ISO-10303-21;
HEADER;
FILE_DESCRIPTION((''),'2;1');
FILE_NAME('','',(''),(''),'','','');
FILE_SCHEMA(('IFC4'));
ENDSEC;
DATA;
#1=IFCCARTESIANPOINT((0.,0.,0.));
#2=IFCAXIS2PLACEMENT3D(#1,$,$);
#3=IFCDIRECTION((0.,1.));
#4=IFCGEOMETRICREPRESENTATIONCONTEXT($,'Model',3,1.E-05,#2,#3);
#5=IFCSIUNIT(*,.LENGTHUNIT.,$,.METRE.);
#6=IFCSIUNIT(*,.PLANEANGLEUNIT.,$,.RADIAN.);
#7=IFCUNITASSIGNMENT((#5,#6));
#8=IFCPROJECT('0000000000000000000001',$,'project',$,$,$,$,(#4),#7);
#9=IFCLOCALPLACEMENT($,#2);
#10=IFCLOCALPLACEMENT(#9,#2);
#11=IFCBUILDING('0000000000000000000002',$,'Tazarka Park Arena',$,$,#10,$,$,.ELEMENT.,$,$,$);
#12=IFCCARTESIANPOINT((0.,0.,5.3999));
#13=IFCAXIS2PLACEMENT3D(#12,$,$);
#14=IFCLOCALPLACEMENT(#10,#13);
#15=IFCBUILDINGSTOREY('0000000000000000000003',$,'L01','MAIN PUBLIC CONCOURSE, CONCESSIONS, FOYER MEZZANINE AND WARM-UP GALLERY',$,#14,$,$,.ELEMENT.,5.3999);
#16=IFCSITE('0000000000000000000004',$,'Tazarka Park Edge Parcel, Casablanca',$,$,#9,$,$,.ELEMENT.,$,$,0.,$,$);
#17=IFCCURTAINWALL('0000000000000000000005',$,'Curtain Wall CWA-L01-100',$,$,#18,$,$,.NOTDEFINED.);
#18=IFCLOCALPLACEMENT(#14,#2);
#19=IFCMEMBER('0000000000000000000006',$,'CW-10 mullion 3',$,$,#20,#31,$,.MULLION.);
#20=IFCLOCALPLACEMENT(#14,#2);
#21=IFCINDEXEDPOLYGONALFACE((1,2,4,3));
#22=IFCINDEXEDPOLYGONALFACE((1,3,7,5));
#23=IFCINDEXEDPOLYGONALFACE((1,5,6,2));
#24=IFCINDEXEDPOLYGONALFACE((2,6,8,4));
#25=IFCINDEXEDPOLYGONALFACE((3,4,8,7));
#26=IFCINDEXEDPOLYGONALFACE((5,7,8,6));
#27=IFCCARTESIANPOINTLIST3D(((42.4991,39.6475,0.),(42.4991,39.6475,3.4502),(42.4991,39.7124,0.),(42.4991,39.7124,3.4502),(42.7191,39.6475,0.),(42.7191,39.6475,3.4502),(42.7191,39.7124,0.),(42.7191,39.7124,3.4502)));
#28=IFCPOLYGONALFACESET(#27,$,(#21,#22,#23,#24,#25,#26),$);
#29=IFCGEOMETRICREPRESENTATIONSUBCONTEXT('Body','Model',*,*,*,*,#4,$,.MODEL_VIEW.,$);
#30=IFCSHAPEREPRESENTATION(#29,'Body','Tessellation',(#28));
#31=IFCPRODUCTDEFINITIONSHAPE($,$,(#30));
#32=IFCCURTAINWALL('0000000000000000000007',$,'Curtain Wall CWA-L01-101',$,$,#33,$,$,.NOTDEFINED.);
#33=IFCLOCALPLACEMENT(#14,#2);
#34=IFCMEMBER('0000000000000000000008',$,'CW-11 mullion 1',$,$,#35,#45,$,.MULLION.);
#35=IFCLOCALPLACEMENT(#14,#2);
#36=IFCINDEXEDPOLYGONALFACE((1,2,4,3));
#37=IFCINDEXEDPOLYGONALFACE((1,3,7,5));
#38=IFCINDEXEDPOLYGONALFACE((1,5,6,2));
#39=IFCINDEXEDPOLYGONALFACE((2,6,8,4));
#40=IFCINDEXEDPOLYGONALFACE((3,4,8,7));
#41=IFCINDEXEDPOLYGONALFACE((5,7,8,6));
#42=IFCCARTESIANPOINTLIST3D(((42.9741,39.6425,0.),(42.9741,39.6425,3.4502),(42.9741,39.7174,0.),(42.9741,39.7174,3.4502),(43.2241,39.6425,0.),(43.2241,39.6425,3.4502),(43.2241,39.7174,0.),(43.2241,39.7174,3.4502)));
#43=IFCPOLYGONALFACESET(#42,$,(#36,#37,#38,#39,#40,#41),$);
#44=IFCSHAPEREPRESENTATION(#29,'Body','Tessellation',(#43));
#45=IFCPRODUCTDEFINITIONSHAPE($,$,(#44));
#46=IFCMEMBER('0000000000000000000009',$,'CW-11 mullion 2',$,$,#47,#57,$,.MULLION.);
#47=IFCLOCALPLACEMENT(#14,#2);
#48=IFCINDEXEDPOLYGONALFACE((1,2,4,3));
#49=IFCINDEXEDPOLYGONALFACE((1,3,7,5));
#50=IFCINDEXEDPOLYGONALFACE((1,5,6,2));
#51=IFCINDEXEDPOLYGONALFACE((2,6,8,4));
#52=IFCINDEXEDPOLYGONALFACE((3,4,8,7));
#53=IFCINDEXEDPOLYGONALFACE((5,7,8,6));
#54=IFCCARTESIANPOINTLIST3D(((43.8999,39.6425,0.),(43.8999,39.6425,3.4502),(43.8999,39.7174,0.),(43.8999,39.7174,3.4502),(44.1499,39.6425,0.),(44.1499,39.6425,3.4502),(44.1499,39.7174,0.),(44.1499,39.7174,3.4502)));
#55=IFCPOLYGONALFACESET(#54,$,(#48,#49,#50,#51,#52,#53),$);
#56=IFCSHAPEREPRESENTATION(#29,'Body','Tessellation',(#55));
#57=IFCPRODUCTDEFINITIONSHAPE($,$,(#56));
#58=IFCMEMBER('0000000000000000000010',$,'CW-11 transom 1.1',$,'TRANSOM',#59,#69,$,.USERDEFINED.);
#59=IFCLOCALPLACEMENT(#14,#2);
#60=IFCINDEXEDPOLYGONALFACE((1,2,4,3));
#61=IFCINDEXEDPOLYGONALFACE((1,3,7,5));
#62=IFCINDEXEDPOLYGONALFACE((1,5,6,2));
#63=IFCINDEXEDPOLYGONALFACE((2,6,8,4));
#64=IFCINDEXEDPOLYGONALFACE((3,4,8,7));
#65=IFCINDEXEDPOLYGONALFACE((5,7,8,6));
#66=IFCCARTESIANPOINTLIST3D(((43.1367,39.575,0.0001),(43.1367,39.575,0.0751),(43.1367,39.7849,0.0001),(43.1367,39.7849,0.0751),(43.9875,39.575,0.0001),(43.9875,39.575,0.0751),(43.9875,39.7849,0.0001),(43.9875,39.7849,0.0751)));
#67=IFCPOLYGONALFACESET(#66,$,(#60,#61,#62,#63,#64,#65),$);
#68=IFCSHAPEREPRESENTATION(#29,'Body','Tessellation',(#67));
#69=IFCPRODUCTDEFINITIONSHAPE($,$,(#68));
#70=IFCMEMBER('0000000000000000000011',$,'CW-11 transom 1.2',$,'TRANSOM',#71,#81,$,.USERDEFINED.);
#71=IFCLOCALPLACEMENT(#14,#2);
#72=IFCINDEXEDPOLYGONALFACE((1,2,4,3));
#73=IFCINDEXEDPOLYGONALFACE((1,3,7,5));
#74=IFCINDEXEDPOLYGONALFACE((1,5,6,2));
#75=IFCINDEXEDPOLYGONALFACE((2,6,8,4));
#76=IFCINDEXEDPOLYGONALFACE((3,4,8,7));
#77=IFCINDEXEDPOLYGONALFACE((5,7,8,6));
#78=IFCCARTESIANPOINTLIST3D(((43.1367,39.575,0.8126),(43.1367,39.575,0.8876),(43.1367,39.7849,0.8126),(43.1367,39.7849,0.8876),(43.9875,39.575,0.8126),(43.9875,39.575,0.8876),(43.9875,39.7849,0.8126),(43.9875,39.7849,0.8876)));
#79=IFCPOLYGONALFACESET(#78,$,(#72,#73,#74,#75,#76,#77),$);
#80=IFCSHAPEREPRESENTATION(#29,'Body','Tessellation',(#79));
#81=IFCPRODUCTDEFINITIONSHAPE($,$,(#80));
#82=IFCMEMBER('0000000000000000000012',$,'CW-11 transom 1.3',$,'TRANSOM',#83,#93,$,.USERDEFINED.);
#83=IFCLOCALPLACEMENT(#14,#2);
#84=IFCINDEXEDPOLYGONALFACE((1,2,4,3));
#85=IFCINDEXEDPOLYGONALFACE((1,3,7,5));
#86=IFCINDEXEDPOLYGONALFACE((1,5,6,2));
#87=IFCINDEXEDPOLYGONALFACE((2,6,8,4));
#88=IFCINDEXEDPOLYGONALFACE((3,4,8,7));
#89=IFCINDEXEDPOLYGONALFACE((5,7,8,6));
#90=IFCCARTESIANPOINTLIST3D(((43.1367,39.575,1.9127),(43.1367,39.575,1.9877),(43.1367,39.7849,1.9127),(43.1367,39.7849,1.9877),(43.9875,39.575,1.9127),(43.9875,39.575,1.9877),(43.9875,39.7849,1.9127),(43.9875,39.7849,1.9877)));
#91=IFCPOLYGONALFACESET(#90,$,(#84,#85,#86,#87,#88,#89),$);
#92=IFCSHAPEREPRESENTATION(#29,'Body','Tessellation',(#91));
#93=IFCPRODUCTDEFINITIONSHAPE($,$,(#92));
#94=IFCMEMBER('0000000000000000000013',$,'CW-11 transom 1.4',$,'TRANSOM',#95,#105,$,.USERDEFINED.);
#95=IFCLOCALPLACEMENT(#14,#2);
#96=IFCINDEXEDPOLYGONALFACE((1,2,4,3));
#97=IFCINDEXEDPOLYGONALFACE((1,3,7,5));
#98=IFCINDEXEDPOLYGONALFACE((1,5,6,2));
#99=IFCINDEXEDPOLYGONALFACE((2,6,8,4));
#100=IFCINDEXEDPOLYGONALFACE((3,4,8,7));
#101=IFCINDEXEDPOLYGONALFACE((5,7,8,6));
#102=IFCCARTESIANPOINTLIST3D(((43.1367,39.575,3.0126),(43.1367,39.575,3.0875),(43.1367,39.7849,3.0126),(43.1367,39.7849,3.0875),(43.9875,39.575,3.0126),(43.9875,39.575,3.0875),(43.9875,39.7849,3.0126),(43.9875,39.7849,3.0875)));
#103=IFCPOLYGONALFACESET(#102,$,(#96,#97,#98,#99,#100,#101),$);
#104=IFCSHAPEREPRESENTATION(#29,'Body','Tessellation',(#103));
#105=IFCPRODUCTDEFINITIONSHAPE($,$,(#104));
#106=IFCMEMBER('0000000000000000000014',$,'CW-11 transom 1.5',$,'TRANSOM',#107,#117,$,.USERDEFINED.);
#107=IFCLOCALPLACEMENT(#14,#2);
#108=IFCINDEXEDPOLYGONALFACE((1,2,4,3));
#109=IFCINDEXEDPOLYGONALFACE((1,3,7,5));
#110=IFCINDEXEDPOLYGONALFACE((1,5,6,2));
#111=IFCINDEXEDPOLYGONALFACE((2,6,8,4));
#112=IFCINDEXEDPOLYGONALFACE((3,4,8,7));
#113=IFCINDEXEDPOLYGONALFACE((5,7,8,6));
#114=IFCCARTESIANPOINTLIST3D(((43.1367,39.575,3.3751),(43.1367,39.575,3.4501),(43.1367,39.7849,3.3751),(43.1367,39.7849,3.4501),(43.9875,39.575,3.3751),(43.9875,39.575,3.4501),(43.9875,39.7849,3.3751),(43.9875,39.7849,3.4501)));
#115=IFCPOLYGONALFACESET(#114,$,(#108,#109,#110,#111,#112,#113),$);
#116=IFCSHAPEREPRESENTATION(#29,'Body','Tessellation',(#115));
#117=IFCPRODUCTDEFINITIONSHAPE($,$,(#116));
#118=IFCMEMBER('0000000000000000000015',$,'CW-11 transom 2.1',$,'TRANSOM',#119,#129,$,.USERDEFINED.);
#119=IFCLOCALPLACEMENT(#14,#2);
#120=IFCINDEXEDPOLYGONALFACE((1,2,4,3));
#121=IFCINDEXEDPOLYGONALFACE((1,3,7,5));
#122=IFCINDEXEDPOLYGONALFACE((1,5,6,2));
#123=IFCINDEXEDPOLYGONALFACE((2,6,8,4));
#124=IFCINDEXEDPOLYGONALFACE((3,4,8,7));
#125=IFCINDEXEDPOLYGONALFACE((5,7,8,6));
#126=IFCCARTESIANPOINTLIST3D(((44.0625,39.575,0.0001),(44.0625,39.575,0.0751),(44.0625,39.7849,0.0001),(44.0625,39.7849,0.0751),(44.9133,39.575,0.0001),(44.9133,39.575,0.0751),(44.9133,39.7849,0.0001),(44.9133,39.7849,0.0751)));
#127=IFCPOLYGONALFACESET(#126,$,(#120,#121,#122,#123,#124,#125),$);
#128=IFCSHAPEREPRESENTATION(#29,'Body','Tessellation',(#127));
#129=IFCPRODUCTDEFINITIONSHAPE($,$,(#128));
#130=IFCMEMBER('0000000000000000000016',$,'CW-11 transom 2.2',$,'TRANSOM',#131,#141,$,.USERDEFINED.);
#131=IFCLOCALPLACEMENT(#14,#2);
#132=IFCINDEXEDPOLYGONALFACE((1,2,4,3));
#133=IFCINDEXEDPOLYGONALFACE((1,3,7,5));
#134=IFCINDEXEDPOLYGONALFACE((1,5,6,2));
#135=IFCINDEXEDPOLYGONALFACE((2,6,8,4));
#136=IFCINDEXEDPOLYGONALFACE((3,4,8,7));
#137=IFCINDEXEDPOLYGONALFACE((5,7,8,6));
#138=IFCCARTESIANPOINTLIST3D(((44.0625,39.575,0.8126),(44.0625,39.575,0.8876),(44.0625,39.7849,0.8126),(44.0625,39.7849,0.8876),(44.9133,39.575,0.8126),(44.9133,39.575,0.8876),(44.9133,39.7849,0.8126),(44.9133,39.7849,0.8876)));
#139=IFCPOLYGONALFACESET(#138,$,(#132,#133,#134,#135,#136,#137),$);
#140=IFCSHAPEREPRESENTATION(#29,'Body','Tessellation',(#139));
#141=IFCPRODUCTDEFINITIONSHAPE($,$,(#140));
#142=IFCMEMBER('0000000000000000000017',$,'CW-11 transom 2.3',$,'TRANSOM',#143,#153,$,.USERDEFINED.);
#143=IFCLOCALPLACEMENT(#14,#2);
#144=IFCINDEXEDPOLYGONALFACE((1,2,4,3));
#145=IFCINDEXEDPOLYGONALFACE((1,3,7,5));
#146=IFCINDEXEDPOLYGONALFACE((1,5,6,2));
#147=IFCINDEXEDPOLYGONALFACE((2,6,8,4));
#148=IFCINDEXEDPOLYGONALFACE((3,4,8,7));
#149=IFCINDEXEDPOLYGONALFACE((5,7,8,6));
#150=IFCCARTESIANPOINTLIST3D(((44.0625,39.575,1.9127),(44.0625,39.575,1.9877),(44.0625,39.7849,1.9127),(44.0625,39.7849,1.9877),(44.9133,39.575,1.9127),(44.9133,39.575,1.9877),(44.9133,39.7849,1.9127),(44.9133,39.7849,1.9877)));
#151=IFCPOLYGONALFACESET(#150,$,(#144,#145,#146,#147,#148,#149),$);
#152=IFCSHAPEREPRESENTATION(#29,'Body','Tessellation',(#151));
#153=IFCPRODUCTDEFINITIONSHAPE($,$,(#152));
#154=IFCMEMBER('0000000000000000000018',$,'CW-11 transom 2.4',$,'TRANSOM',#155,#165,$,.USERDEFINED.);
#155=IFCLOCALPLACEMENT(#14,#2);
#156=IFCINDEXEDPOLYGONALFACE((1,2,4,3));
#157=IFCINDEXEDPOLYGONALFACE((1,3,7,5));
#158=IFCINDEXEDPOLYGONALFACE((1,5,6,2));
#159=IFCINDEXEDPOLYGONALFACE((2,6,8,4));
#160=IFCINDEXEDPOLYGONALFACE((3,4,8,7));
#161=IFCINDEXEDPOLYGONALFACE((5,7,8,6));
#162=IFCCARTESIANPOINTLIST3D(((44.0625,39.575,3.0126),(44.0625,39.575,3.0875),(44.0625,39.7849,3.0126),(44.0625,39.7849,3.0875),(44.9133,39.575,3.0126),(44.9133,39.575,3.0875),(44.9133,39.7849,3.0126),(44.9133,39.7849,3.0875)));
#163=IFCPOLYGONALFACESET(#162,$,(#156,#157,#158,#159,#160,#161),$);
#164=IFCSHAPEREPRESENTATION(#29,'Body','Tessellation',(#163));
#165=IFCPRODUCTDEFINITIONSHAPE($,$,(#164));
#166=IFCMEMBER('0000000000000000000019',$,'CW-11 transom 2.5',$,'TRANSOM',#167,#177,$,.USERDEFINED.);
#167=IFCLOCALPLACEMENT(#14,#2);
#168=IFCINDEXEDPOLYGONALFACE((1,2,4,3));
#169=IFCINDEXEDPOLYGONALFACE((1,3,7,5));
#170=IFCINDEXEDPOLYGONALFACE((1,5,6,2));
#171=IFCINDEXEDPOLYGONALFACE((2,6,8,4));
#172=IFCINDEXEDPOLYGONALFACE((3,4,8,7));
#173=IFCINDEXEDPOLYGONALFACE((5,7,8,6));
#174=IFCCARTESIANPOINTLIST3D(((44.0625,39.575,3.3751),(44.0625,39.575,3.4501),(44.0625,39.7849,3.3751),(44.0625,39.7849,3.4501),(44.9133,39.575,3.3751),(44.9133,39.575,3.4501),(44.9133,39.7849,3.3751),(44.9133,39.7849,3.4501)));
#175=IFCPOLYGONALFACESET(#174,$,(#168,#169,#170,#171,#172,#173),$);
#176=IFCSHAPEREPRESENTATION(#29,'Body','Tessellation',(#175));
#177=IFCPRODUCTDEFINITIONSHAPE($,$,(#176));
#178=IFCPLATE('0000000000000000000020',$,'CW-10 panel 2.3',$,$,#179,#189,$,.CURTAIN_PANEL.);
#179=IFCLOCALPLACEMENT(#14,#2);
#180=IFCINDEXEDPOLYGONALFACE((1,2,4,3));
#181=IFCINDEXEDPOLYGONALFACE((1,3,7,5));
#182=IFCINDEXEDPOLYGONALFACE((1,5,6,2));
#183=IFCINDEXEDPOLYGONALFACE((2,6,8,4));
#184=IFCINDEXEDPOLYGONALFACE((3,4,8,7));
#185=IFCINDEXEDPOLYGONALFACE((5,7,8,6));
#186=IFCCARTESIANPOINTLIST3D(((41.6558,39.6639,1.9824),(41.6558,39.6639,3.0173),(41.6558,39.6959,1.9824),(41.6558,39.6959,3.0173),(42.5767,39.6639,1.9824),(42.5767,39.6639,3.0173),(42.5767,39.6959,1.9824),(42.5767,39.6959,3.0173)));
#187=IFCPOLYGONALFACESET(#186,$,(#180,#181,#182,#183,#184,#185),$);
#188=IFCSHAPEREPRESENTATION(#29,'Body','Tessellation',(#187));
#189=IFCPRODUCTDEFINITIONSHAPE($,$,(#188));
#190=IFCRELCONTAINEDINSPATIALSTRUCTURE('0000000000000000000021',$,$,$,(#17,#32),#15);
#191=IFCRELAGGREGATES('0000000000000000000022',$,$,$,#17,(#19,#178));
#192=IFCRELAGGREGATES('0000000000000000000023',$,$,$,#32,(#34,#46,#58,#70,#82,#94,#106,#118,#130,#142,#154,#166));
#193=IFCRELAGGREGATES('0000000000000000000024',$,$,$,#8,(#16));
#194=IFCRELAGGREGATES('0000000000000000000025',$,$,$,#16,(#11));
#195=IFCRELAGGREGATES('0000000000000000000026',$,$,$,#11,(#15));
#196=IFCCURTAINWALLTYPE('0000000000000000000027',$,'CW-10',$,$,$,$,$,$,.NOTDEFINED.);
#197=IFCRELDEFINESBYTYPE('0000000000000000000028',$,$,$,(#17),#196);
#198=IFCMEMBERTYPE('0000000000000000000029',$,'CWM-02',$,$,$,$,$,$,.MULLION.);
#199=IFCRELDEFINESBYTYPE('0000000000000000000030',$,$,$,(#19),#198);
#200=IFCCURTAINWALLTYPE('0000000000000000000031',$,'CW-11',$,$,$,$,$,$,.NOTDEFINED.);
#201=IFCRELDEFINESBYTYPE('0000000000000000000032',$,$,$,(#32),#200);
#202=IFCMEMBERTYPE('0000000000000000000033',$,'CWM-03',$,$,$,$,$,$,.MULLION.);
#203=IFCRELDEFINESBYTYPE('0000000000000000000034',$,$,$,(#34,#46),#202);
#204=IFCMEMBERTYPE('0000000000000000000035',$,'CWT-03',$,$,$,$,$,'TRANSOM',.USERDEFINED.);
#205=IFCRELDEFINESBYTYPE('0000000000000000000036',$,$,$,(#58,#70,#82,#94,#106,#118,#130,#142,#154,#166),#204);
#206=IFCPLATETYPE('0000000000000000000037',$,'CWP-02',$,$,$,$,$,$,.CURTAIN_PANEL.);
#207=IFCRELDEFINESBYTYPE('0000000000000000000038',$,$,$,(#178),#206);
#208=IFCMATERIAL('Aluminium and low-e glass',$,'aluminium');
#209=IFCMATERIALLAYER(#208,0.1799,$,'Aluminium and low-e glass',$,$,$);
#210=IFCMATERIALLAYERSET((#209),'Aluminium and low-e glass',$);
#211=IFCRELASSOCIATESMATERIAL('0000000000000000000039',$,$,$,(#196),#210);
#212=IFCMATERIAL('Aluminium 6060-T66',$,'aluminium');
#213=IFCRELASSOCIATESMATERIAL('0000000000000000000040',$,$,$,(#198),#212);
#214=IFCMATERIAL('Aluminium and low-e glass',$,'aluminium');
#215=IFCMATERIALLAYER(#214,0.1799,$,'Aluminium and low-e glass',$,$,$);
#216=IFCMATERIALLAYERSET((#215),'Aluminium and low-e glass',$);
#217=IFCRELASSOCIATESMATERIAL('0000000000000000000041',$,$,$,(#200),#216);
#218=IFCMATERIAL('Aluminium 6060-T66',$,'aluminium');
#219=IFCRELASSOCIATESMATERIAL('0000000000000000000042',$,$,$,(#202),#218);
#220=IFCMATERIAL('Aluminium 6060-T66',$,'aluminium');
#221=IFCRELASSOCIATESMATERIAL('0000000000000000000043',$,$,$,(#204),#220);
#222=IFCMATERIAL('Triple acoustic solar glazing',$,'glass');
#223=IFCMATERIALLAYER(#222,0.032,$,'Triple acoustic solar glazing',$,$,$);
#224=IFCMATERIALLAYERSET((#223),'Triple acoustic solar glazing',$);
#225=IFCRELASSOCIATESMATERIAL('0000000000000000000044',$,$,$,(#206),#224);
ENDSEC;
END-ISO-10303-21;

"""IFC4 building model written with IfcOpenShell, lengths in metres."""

from ifc_helpers import new_model, si_unit, direction, frame, origin, origin_2d, place, context, subcontext, project, spatial, rectangle, extrude, material, layer, layer_set, material_profile, profile_set, type_object, element, aggregate, save


model = new_model("IFC4")

# Units and contexts
model_context = context("Model", 3, precision=1e-05, world=origin(), true_north=direction((0.0, 1.0)))
body_context = subcontext(model_context, "Body", "Model", "MODEL_VIEW")
ifc_project = project(units=[si_unit("LENGTHUNIT", "METRE"), si_unit("PLANEANGLEUNIT", "RADIAN")], contexts=[model_context])

# Site, building, storey
site_placement = place(None, origin())
site = spatial("IfcSite", under=ifc_project, at=site_placement, Name="Tazarka Park Edge Parcel, Casablanca", CompositionType="ELEMENT", RefElevation=0.0)
building_placement = place(site_placement, origin())
building = spatial("IfcBuilding", under=site, at=building_placement, Name="Tazarka Park Arena", CompositionType="ELEMENT")
storey_placement = place(building_placement, frame((0.0, 0.0, 5.3999)))
storey = spatial("IfcBuildingStorey", under=building, at=storey_placement, Name="L01", Description="MAIN PUBLIC CONCOURSE, CONCESSIONS, FOYER MEZZANINE AND WARM-UP GALLERY", CompositionType="ELEMENT", Elevation=5.3999)

# Curtain wall, member
ifc_material_1 = material(Name="Aluminium and low-e glass", Category="aluminium")
ifc_layer_1 = layer(ifc_material_1, 0.1799, Name="Aluminium and low-e glass")
ifc_layer_set_1 = layer_set([ifc_layer_1], Name="Aluminium and low-e glass")
curtain_wall_type_1 = type_object("IfcCurtainWallType", Name="CW-10", PredefinedType="NOTDEFINED", material=ifc_layer_set_1)
curtain_wall_1_placement = place(storey_placement, origin())
curtain_wall_1 = element("IfcCurtainWall", 1, at=curtain_wall_1_placement, inside=storey, type_object=curtain_wall_type_1, Name="Curtain Wall CWA-L01-100", PredefinedType="NOTDEFINED")
ifc_material_2 = material(Name="Aluminium 6060-T66", Category="aluminium")
ifc_material_profile_1 = material_profile(ifc_material_2, rectangle(XDim=0.0649, YDim=0.22, at=origin_2d()), Name="Aluminium 6060-T66")
ifc_profile_set_1 = profile_set([ifc_material_profile_1], Name="Aluminium 6060-T66")
member_type_1 = type_object("IfcMemberType", Name="CWM-02", PredefinedType="MULLION", material=ifc_profile_set_1)
member_1_placement = place(storey_placement, frame((42.6091, 39.6799, 0.0), z_axis=(0.0, 0.0, 1.0), x_axis=(0.0, 1.0, 0.0)))
member_1 = element("IfcMember", 2, at=member_1_placement, type_object=member_type_1, Name="CW-10 mullion 3", PredefinedType="MULLION", context=body_context, shape_type="SweptSolid", body=[
    extrude(rectangle(XDim=0.0649, YDim=0.22, at=origin_2d()), origin(), (0.0, 0.0, 1.0), 3.4502),
])

# Curtain wall, members
ifc_material_3 = material(Name="Aluminium and low-e glass", Category="aluminium")
ifc_layer_2 = layer(ifc_material_3, 0.1799, Name="Aluminium and low-e glass")
ifc_layer_set_2 = layer_set([ifc_layer_2], Name="Aluminium and low-e glass")
curtain_wall_type_2 = type_object("IfcCurtainWallType", Name="CW-11", PredefinedType="NOTDEFINED", material=ifc_layer_set_2)
curtain_wall_2_placement = place(storey_placement, origin())
curtain_wall_2 = element("IfcCurtainWall", 3, at=curtain_wall_2_placement, inside=storey, type_object=curtain_wall_type_2, Name="Curtain Wall CWA-L01-101", PredefinedType="NOTDEFINED")
ifc_material_4 = material(Name="Aluminium 6060-T66", Category="aluminium")
ifc_material_profile_2 = material_profile(ifc_material_4, rectangle(XDim=0.075, YDim=0.25, at=origin_2d()), Name="Aluminium 6060-T66")
ifc_profile_set_2 = profile_set([ifc_material_profile_2], Name="Aluminium 6060-T66")
member_type_2 = type_object("IfcMemberType", Name="CWM-03", PredefinedType="MULLION", material=ifc_profile_set_2)
member_2_placement = place(storey_placement, frame((43.0991, 39.6799, 0.0), z_axis=(0.0, 0.0, 1.0), x_axis=(0.0, 1.0, 0.0)))
member_2 = element("IfcMember", 4, at=member_2_placement, type_object=member_type_2, Name="CW-11 mullion 1", PredefinedType="MULLION", context=body_context, shape_type="SweptSolid", body=[
    extrude(rectangle(XDim=0.075, YDim=0.25, at=origin_2d()), origin(), (0.0, 0.0, 1.0), 3.4502),
])
member_3_placement = place(storey_placement, frame((44.0249, 39.6799, 0.0), z_axis=(0.0, 0.0, 1.0), x_axis=(0.0, 1.0, 0.0)))
member_3 = element("IfcMember", 5, at=member_3_placement, type_object=member_type_2, Name="CW-11 mullion 2", PredefinedType="MULLION", context=body_context, shape_type="SweptSolid", body=[
    extrude(rectangle(XDim=0.075, YDim=0.25, at=origin_2d()), origin(), (0.0, 0.0, 1.0), 3.4502),
])
ifc_material_5 = material(Name="Aluminium 6060-T66", Category="aluminium")
ifc_material_profile_3 = material_profile(ifc_material_5, rectangle(XDim=0.21, YDim=0.075, at=origin_2d()), Name="Aluminium 6060-T66")
ifc_profile_set_3 = profile_set([ifc_material_profile_3], Name="Aluminium 6060-T66")
member_type_3 = type_object("IfcMemberType", Name="CWT-03", ElementType="TRANSOM", PredefinedType="USERDEFINED", material=ifc_profile_set_3)
member_4_placement = place(storey_placement, frame((43.1367, 39.6799, 0.0376), z_axis=(1.0, 0.0, 0.0), x_axis=(0.0, 1.0, 0.0)))
member_4 = element("IfcMember", 6, at=member_4_placement, type_object=member_type_3, Name="CW-11 transom 1.1", ObjectType="TRANSOM", PredefinedType="USERDEFINED", context=body_context, shape_type="SweptSolid", body=[
    extrude(rectangle(XDim=0.21, YDim=0.075, at=origin_2d()), origin(), (0.0, 0.0, 1.0), 0.8508),
])
member_5_placement = place(storey_placement, frame((43.1367, 39.6799, 0.8501), z_axis=(1.0, 0.0, 0.0), x_axis=(0.0, 1.0, 0.0)))
member_5 = element("IfcMember", 7, at=member_5_placement, type_object=member_type_3, Name="CW-11 transom 1.2", ObjectType="TRANSOM", PredefinedType="USERDEFINED", context=body_context, shape_type="SweptSolid", body=[
    extrude(rectangle(XDim=0.21, YDim=0.075, at=origin_2d()), origin(), (0.0, 0.0, 1.0), 0.8508),
])
member_6_placement = place(storey_placement, frame((43.1367, 39.6799, 1.9502), z_axis=(1.0, 0.0, 0.0), x_axis=(0.0, 1.0, 0.0)))
member_6 = element("IfcMember", 8, at=member_6_placement, type_object=member_type_3, Name="CW-11 transom 1.3", ObjectType="TRANSOM", PredefinedType="USERDEFINED", context=body_context, shape_type="SweptSolid", body=[
    extrude(rectangle(XDim=0.21, YDim=0.075, at=origin_2d()), origin(), (0.0, 0.0, 1.0), 0.8508),
])
member_7_placement = place(storey_placement, frame((43.1367, 39.6799, 3.05), z_axis=(1.0, 0.0, 0.0), x_axis=(0.0, 1.0, 0.0)))
member_7 = element("IfcMember", 9, at=member_7_placement, type_object=member_type_3, Name="CW-11 transom 1.4", ObjectType="TRANSOM", PredefinedType="USERDEFINED", context=body_context, shape_type="SweptSolid", body=[
    extrude(rectangle(XDim=0.21, YDim=0.075, at=origin_2d()), origin(), (0.0, 0.0, 1.0), 0.8508),
])
member_8_placement = place(storey_placement, frame((43.1367, 39.6799, 3.4126), z_axis=(1.0, 0.0, 0.0), x_axis=(0.0, 1.0, 0.0)))
member_8 = element("IfcMember", 10, at=member_8_placement, type_object=member_type_3, Name="CW-11 transom 1.5", ObjectType="TRANSOM", PredefinedType="USERDEFINED", context=body_context, shape_type="SweptSolid", body=[
    extrude(rectangle(XDim=0.21, YDim=0.075, at=origin_2d()), origin(), (0.0, 0.0, 1.0), 0.8508),
])
member_9_placement = place(storey_placement, frame((44.0625, 39.6799, 0.0376), z_axis=(1.0, 0.0, 0.0), x_axis=(0.0, 1.0, 0.0)))
member_9 = element("IfcMember", 11, at=member_9_placement, type_object=member_type_3, Name="CW-11 transom 2.1", ObjectType="TRANSOM", PredefinedType="USERDEFINED", context=body_context, shape_type="SweptSolid", body=[
    extrude(rectangle(XDim=0.21, YDim=0.075, at=origin_2d()), origin(), (0.0, 0.0, 1.0), 0.8508),
])
member_10_placement = place(storey_placement, frame((44.0625, 39.6799, 0.8501), z_axis=(1.0, 0.0, 0.0), x_axis=(0.0, 1.0, 0.0)))
member_10 = element("IfcMember", 12, at=member_10_placement, type_object=member_type_3, Name="CW-11 transom 2.2", ObjectType="TRANSOM", PredefinedType="USERDEFINED", context=body_context, shape_type="SweptSolid", body=[
    extrude(rectangle(XDim=0.21, YDim=0.075, at=origin_2d()), origin(), (0.0, 0.0, 1.0), 0.8508),
])
member_11_placement = place(storey_placement, frame((44.0625, 39.6799, 1.9502), z_axis=(1.0, 0.0, 0.0), x_axis=(0.0, 1.0, 0.0)))
member_11 = element("IfcMember", 13, at=member_11_placement, type_object=member_type_3, Name="CW-11 transom 2.3", ObjectType="TRANSOM", PredefinedType="USERDEFINED", context=body_context, shape_type="SweptSolid", body=[
    extrude(rectangle(XDim=0.21, YDim=0.075, at=origin_2d()), origin(), (0.0, 0.0, 1.0), 0.8508),
])
member_12_placement = place(storey_placement, frame((44.0625, 39.6799, 3.05), z_axis=(1.0, 0.0, 0.0), x_axis=(0.0, 1.0, 0.0)))
member_12 = element("IfcMember", 14, at=member_12_placement, type_object=member_type_3, Name="CW-11 transom 2.4", ObjectType="TRANSOM", PredefinedType="USERDEFINED", context=body_context, shape_type="SweptSolid", body=[
    extrude(rectangle(XDim=0.21, YDim=0.075, at=origin_2d()), origin(), (0.0, 0.0, 1.0), 0.8508),
])
member_13_placement = place(storey_placement, frame((44.0625, 39.6799, 3.4126), z_axis=(1.0, 0.0, 0.0), x_axis=(0.0, 1.0, 0.0)))
member_13 = element("IfcMember", 15, at=member_13_placement, type_object=member_type_3, Name="CW-11 transom 2.5", ObjectType="TRANSOM", PredefinedType="USERDEFINED", context=body_context, shape_type="SweptSolid", body=[
    extrude(rectangle(XDim=0.21, YDim=0.075, at=origin_2d()), origin(), (0.0, 0.0, 1.0), 0.8508),
])

# Plate
ifc_material_6 = material(Name="Triple acoustic solar glazing", Category="glass")
ifc_layer_3 = layer(ifc_material_6, 0.032, Name="Triple acoustic solar glazing")
ifc_layer_set_3 = layer_set([ifc_layer_3], Name="Triple acoustic solar glazing")
plate_type_1 = type_object("IfcPlateType", Name="CWP-02", PredefinedType="CURTAIN_PANEL", material=ifc_layer_set_3)
plate_1_placement = place(storey_placement, frame((42.1162, 39.6799, 1.9824), z_axis=(0.0, 0.0, 1.0), x_axis=(1.0, 0.0, 0.0)))
plate_1 = element("IfcPlate", 16, at=plate_1_placement, type_object=plate_type_1, Name="CW-10 panel 2.3", PredefinedType="CURTAIN_PANEL", context=body_context, shape_type="SweptSolid", body=[
    extrude(rectangle(XDim=0.9209, YDim=0.032, at=origin_2d()), origin(), (0.0, 0.0, 1.0), 1.0349),
])
aggregate(curtain_wall_1, [member_1, plate_1])
aggregate(curtain_wall_2, [member_2, member_3, member_4, member_5, member_6, member_7, member_8, member_9, member_10, member_11, member_12, member_13])

save(model, "model.ifc")
